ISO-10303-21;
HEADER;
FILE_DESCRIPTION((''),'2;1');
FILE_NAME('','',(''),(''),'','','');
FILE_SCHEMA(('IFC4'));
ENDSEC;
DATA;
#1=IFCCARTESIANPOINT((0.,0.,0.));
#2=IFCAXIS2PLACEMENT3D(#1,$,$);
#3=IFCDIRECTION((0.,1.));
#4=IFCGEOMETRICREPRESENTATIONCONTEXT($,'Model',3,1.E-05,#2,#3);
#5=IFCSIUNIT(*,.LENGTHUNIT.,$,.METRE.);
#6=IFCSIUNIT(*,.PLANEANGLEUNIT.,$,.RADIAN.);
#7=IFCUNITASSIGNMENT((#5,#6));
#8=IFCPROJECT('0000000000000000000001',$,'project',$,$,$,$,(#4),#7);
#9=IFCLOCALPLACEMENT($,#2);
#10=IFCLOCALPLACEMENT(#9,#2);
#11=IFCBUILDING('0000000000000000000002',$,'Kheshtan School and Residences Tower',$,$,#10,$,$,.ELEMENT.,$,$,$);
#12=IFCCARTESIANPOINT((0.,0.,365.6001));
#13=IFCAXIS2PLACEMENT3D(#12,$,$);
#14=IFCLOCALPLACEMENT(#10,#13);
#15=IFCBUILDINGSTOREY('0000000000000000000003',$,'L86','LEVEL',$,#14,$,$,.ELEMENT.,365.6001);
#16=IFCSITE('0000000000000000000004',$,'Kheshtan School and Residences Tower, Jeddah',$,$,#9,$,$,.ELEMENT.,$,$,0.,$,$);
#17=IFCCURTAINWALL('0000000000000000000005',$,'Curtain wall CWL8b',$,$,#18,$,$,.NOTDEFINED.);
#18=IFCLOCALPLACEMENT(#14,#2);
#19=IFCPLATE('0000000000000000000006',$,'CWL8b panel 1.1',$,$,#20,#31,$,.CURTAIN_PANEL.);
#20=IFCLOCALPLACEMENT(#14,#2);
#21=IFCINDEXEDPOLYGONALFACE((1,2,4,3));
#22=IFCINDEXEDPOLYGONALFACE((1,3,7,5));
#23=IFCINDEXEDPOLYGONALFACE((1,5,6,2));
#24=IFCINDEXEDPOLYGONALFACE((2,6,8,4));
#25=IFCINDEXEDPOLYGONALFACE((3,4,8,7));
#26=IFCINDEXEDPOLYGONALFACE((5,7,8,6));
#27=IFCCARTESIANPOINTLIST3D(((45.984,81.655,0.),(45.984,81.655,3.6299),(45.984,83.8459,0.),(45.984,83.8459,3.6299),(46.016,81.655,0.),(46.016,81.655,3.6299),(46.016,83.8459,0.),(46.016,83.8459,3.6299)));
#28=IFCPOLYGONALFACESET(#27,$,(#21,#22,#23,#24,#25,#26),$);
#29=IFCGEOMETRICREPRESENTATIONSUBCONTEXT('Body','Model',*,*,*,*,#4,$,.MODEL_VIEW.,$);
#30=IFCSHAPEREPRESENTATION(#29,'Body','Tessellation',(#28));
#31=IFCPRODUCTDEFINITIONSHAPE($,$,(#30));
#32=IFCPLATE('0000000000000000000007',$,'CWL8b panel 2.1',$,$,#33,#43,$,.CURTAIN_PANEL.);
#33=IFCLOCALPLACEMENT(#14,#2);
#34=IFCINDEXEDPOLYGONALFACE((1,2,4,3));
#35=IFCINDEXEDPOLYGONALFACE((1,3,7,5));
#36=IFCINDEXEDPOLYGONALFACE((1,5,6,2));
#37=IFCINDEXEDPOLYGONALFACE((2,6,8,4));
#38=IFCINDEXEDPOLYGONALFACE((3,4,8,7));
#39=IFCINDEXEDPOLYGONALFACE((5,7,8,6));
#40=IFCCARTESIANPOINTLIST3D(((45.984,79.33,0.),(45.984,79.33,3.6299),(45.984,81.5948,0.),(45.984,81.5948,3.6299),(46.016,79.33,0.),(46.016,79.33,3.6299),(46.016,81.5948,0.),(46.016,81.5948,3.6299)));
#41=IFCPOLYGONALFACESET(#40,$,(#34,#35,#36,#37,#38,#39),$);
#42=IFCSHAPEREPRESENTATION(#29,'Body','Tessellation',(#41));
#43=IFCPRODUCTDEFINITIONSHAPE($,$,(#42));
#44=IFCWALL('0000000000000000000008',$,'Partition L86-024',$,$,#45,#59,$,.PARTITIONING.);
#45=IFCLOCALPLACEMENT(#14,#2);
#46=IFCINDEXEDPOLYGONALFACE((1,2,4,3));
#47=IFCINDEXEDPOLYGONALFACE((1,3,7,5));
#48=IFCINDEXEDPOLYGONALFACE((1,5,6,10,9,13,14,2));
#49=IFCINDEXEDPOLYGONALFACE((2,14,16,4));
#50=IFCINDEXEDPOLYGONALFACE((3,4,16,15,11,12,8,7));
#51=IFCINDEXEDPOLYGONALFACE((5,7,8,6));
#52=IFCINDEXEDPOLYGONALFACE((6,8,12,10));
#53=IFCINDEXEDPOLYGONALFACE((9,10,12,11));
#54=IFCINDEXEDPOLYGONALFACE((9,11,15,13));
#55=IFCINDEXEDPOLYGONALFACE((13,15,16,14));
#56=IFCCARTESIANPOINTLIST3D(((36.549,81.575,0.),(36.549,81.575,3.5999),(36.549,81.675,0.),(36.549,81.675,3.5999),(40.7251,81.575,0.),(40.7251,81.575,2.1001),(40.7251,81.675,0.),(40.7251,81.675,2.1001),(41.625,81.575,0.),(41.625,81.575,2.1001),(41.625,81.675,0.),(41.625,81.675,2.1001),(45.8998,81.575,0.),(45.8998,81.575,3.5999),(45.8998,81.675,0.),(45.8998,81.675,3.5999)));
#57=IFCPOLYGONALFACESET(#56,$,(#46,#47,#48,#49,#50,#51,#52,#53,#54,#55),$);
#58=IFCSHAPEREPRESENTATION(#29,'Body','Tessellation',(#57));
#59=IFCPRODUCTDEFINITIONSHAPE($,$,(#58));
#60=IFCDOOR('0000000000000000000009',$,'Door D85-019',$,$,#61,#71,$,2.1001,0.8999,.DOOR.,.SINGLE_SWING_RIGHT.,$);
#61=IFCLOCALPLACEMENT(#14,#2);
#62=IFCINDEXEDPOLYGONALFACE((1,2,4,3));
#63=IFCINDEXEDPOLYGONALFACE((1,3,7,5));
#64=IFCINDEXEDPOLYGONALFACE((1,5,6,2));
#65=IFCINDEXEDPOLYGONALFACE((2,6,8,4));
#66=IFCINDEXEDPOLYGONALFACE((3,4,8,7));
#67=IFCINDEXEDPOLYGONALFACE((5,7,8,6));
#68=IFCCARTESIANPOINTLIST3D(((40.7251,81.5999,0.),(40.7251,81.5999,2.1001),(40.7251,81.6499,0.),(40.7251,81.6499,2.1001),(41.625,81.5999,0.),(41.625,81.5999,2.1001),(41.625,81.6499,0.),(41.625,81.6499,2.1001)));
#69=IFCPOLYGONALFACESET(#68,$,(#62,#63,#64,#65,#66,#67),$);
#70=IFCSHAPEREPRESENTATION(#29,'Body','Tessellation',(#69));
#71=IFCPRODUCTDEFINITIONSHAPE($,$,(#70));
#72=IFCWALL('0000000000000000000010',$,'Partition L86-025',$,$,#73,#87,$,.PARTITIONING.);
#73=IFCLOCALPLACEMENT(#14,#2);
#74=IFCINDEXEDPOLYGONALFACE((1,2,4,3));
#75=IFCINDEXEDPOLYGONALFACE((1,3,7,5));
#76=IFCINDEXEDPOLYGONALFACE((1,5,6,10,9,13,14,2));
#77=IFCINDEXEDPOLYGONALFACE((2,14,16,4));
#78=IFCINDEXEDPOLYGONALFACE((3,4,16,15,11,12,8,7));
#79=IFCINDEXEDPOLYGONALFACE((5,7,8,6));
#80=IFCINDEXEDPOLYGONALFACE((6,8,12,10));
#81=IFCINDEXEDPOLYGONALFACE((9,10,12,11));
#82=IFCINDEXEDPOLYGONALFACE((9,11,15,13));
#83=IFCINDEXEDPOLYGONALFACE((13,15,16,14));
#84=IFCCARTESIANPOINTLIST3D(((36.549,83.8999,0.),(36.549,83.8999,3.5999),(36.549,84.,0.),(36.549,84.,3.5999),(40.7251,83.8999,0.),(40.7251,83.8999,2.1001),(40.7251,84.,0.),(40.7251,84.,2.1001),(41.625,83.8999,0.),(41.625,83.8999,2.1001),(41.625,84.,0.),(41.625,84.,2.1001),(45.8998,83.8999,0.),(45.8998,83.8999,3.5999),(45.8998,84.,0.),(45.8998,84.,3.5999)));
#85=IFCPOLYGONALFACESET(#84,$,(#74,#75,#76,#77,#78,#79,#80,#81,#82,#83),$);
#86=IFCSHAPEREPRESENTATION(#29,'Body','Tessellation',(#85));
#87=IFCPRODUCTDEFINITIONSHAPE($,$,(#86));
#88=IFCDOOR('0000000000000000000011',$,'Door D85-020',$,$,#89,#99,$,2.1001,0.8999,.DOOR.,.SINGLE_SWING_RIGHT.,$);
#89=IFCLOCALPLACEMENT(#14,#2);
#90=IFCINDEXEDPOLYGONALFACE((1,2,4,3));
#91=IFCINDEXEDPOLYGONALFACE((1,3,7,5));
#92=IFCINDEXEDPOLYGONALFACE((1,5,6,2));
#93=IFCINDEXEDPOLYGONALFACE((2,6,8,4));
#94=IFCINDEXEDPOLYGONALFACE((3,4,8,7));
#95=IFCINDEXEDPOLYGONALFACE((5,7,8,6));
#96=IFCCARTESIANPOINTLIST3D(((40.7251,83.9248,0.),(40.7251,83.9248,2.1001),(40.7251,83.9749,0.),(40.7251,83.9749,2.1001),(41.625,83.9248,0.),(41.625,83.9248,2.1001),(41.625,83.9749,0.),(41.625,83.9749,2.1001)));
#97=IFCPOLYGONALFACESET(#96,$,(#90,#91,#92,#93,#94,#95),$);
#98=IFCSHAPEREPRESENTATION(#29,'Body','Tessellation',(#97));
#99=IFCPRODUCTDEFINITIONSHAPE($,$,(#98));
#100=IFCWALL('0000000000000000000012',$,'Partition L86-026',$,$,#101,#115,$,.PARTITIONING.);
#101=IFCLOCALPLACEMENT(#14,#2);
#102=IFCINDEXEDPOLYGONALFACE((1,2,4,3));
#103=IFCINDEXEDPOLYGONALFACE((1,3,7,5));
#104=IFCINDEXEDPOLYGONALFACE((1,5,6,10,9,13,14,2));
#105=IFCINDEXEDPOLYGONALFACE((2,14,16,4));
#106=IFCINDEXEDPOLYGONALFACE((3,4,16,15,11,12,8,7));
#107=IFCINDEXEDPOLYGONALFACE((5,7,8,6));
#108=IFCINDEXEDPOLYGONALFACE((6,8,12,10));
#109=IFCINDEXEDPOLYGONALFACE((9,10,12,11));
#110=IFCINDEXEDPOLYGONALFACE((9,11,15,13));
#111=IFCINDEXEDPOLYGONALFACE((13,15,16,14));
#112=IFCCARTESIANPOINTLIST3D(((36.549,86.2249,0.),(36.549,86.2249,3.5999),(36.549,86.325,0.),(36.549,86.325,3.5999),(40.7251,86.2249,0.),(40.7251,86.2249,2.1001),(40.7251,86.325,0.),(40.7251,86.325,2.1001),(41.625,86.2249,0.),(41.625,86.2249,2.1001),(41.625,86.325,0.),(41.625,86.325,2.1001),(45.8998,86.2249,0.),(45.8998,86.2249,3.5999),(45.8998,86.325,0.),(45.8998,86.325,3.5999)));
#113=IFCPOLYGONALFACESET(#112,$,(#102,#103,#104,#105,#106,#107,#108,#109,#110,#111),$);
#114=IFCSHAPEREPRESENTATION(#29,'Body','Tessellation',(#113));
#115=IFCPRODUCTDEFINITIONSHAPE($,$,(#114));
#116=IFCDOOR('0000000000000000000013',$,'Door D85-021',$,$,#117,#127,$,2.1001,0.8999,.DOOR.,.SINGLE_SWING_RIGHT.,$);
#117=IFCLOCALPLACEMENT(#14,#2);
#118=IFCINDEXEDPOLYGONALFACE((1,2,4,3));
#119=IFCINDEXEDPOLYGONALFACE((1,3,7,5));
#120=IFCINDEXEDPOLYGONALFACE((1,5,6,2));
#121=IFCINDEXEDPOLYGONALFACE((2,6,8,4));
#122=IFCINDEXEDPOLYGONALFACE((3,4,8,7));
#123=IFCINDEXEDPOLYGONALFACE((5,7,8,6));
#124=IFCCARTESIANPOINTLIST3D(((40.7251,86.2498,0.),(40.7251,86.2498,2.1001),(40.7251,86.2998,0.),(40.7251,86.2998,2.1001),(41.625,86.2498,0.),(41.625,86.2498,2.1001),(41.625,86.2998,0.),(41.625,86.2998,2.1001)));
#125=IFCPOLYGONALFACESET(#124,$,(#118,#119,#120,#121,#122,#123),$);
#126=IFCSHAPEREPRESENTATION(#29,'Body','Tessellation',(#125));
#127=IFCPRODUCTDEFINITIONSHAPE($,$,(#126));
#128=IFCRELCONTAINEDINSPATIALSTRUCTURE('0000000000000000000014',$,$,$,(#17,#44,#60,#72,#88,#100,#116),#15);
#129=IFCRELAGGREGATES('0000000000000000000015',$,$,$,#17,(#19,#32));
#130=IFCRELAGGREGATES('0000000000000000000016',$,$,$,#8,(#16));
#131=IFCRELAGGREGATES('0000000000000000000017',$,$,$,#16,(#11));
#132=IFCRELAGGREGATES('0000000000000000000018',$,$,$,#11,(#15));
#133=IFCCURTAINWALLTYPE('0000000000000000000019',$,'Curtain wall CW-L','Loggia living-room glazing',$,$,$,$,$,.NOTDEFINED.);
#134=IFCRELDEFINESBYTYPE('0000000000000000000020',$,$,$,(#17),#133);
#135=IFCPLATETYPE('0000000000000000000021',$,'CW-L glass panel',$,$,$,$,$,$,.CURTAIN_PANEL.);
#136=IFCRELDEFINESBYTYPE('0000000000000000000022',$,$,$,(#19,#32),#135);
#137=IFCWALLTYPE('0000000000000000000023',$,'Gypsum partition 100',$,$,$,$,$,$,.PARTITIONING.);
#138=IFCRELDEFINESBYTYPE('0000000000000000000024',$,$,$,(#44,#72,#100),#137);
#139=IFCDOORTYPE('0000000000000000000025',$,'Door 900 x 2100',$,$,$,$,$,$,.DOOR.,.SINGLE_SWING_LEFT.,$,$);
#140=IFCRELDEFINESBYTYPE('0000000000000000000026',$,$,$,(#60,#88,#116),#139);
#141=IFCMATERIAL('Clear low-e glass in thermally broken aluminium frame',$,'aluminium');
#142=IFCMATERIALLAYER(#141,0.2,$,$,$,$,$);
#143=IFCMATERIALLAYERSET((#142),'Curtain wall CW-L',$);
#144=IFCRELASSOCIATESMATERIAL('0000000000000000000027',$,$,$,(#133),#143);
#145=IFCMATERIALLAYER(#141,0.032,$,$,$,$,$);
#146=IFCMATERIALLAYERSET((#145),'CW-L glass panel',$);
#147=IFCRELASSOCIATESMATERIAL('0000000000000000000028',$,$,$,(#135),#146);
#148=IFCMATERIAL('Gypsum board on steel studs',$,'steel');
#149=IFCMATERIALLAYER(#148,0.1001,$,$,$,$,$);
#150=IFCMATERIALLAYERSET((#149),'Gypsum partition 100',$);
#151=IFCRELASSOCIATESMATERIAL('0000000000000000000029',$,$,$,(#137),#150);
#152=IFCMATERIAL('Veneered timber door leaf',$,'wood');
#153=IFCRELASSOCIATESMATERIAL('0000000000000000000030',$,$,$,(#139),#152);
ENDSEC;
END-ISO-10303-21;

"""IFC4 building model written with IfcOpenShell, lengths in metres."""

from ifc_helpers import new_model, si_unit, direction, frame, frame_2d, origin, origin_2d, place, context, subcontext, project, spatial, rectangle, extrude, source, transform, mapped, material, layer, layer_set, type_object, element, fill, aggregate, save


model = new_model("IFC4")

# Units and contexts
model_context = context("Model", 3, precision=1e-05, world=origin(), true_north=direction((0.0, 1.0)))
body_context = subcontext(model_context, "Body", "Model", "MODEL_VIEW")
ifc_project = project(units=[si_unit("LENGTHUNIT", "METRE"), si_unit("PLANEANGLEUNIT", "RADIAN")], contexts=[model_context])

# Site, building, storey
site_placement = place(None, origin())
site = spatial("IfcSite", under=ifc_project, at=site_placement, Name="Kheshtan School and Residences Tower, Jeddah", CompositionType="ELEMENT", RefElevation=0.0)
building_placement = place(site_placement, origin())
building = spatial("IfcBuilding", under=site, at=building_placement, Name="Kheshtan School and Residences Tower", CompositionType="ELEMENT")
storey_placement = place(building_placement, frame((0.0, 0.0, 365.6001)))
storey = spatial("IfcBuildingStorey", under=building, at=storey_placement, Name="L86", Description="LEVEL", CompositionType="ELEMENT", Elevation=365.6001)

# Shared definitions
ifc_material_1 = material(Name="Clear low-e glass in thermally broken aluminium frame", Category="aluminium")
ifc_layer_1 = layer(ifc_material_1, 0.2)
ifc_layer_set_1 = layer_set([ifc_layer_1], Name="Curtain wall CW-L")
curtain_wall_type = type_object("IfcCurtainWallType", Name="Curtain wall CW-L", Description="Loggia living-room glazing", PredefinedType="NOTDEFINED", material=ifc_layer_set_1)

# Curtain wall
curtain_wall_1_placement = place(storey_placement, origin())
curtain_wall_1 = element("IfcCurtainWall", 1, at=curtain_wall_1_placement, inside=storey, type_object=curtain_wall_type, Name="Curtain wall CWL8b", PredefinedType="NOTDEFINED")

# Plates
ifc_layer_2 = layer(ifc_material_1, 0.032)
ifc_layer_set_2 = layer_set([ifc_layer_2], Name="CW-L glass panel")
plate_type = type_object("IfcPlateType", Name="CW-L glass panel", PredefinedType="CURTAIN_PANEL", material=ifc_layer_set_2)
plate_1_placement = place(storey_placement, frame((46.0, 82.7505, 0.0), z_axis=(0.0, 0.0, 1.0), x_axis=(0.0, -1.0, 0.0)))
plate_1 = element("IfcPlate", 2, at=plate_1_placement, type_object=plate_type, Name="CWL8b panel 1.1", PredefinedType="CURTAIN_PANEL", context=body_context, shape_type="SweptSolid", body=[
    extrude(rectangle(XDim=2.1909, YDim=0.032, at=origin_2d()), origin(), (0.0, 0.0, 1.0), 3.6299),
])
plate_2_placement = place(storey_placement, frame((46.0, 80.4624, 0.0), z_axis=(0.0, 0.0, 1.0), x_axis=(0.0, -1.0, 0.0)))
plate_2 = element("IfcPlate", 3, at=plate_2_placement, type_object=plate_type, Name="CWL8b panel 2.1", PredefinedType="CURTAIN_PANEL", context=body_context, shape_type="SweptSolid", body=[
    extrude(rectangle(XDim=2.2649, YDim=0.032, at=origin_2d()), origin(), (0.0, 0.0, 1.0), 3.6299),
])
aggregate(curtain_wall_1, [plate_1, plate_2])

# Walls, openings, doors
ifc_material_2 = material(Name="Gypsum board on steel studs", Category="steel")
ifc_layer_3 = layer(ifc_material_2, 0.1001)
ifc_layer_set_3 = layer_set([ifc_layer_3], Name="Gypsum partition 100")
wall_type_1 = type_object("IfcWallType", Name="Gypsum partition 100", PredefinedType="PARTITIONING", material=ifc_layer_set_3)
wall_1_placement = place(storey_placement, frame((36.5491, 81.625, 0.0), z_axis=(0.0, 0.0, 1.0), x_axis=(1.0, 0.0, 0.0)))
wall_1 = element("IfcWall", 4, at=wall_1_placement, inside=storey, type_object=wall_type_1, Name="Partition L86-024", PredefinedType="PARTITIONING", context=body_context, shape_type="SweptSolid", body=[
    extrude(rectangle(XDim=9.3508, YDim=0.1001, at=frame_2d((4.6753, 0.0))), origin(), (0.0, 0.0, 1.0), 3.5999),
])
opening_1_placement = place(wall_1_placement, frame((4.176, 0.0, 0.0)))
opening_1 = element("IfcOpeningElement", 5, at=opening_1_placement, cuts=wall_1, PredefinedType="OPENING", context=body_context, shape_type="SweptSolid", body=[
    extrude(rectangle(XDim=0.8999, YDim=2.1001, at=frame_2d((0.45, 1.05))), frame((0.0, 0.0601, 0.0), z_axis=(0.0, -1.0, 0.0), x_axis=(1.0, 0.0, 0.0)), (0.0, 0.0, 1.0), 0.1201),
])
ifc_material_3 = material(Name="Veneered timber door leaf", Category="wood")
door_type_1 = type_object("IfcDoorType", Name="Door 900 x 2100", OperationType="SINGLE_SWING_LEFT", PredefinedType="DOOR", material=ifc_material_3)
shared_shape_1 = source(origin(), body_context, "Body", "SweptSolid", [
    extrude(rectangle(XDim=0.8999, YDim=2.1001, at=frame_2d((0.45, 1.05))), frame((0.0, 0.0249, 0.0), z_axis=(0.0, -1.0, 0.0), x_axis=(1.0, 0.0, 0.0)), (0.0, 0.0, 1.0), 0.05),
])
door_1_placement = place(opening_1_placement, origin())
door_1 = element("IfcDoor", 6, at=door_1_placement, inside=storey, type_object=door_type_1, Name="Door D85-019", OperationType="SINGLE_SWING_RIGHT", OverallHeight=2.1001, OverallWidth=0.8999, PredefinedType="DOOR", context=body_context, shape_type="MappedRepresentation", body=[
    mapped(shared_shape_1, transform((0.0, 0.0, 0.0), x_axis=(1.0, 0.0, 0.0), y_axis=(0.0, 1.0, 0.0), z_axis=(0.0, 0.0, 1.0), scale=1.0)),
])
fill(opening_1, door_1)
wall_2_placement = place(storey_placement, frame((36.5491, 83.95, 0.0), z_axis=(0.0, 0.0, 1.0), x_axis=(1.0, 0.0, 0.0)))
wall_2 = element("IfcWall", 7, at=wall_2_placement, inside=storey, type_object=wall_type_1, Name="Partition L86-025", PredefinedType="PARTITIONING", context=body_context, shape_type="SweptSolid", body=[
    extrude(rectangle(XDim=9.3508, YDim=0.1001, at=frame_2d((4.6753, 0.0))), origin(), (0.0, 0.0, 1.0), 3.5999),
])
opening_2_placement = place(wall_2_placement, frame((4.176, 0.0, 0.0)))
opening_2 = element("IfcOpeningElement", 8, at=opening_2_placement, cuts=wall_2, PredefinedType="OPENING", context=body_context, shape_type="SweptSolid", body=[
    extrude(rectangle(XDim=0.8999, YDim=2.1001, at=frame_2d((0.45, 1.05))), frame((0.0, 0.0601, 0.0), z_axis=(0.0, -1.0, 0.0), x_axis=(1.0, 0.0, 0.0)), (0.0, 0.0, 1.0), 0.1201),
])
door_2_placement = place(opening_2_placement, origin())
door_2 = element("IfcDoor", 9, at=door_2_placement, inside=storey, type_object=door_type_1, Name="Door D85-020", OperationType="SINGLE_SWING_RIGHT", OverallHeight=2.1001, OverallWidth=0.8999, PredefinedType="DOOR", context=body_context, shape_type="MappedRepresentation", body=[
    mapped(shared_shape_1, transform((0.0, 0.0, 0.0), x_axis=(1.0, 0.0, 0.0), y_axis=(0.0, 1.0, 0.0), z_axis=(0.0, 0.0, 1.0), scale=1.0)),
])
fill(opening_2, door_2)
wall_3_placement = place(storey_placement, frame((36.5491, 86.2749, 0.0), z_axis=(0.0, 0.0, 1.0), x_axis=(1.0, 0.0, 0.0)))
wall_3 = element("IfcWall", 10, at=wall_3_placement, inside=storey, type_object=wall_type_1, Name="Partition L86-026", PredefinedType="PARTITIONING", context=body_context, shape_type="SweptSolid", body=[
    extrude(rectangle(XDim=9.3508, YDim=0.1001, at=frame_2d((4.6753, 0.0))), origin(), (0.0, 0.0, 1.0), 3.5999),
])
opening_3_placement = place(wall_3_placement, frame((4.176, 0.0, 0.0)))
opening_3 = element("IfcOpeningElement", 11, at=opening_3_placement, cuts=wall_3, PredefinedType="OPENING", context=body_context, shape_type="SweptSolid", body=[
    extrude(rectangle(XDim=0.8999, YDim=2.1001, at=frame_2d((0.45, 1.05))), frame((0.0, 0.0601, 0.0), z_axis=(0.0, -1.0, 0.0), x_axis=(1.0, 0.0, 0.0)), (0.0, 0.0, 1.0), 0.1201),
])
door_3_placement = place(opening_3_placement, origin())
door_3 = element("IfcDoor", 12, at=door_3_placement, inside=storey, type_object=door_type_1, Name="Door D85-021", OperationType="SINGLE_SWING_RIGHT", OverallHeight=2.1001, OverallWidth=0.8999, PredefinedType="DOOR", context=body_context, shape_type="MappedRepresentation", body=[
    mapped(shared_shape_1, transform((0.0, 0.0, 0.0), x_axis=(1.0, 0.0, 0.0), y_axis=(0.0, 1.0, 0.0), z_axis=(0.0, 0.0, 1.0), scale=1.0)),
])
fill(opening_3, door_3)

save(model, "model.ifc")
